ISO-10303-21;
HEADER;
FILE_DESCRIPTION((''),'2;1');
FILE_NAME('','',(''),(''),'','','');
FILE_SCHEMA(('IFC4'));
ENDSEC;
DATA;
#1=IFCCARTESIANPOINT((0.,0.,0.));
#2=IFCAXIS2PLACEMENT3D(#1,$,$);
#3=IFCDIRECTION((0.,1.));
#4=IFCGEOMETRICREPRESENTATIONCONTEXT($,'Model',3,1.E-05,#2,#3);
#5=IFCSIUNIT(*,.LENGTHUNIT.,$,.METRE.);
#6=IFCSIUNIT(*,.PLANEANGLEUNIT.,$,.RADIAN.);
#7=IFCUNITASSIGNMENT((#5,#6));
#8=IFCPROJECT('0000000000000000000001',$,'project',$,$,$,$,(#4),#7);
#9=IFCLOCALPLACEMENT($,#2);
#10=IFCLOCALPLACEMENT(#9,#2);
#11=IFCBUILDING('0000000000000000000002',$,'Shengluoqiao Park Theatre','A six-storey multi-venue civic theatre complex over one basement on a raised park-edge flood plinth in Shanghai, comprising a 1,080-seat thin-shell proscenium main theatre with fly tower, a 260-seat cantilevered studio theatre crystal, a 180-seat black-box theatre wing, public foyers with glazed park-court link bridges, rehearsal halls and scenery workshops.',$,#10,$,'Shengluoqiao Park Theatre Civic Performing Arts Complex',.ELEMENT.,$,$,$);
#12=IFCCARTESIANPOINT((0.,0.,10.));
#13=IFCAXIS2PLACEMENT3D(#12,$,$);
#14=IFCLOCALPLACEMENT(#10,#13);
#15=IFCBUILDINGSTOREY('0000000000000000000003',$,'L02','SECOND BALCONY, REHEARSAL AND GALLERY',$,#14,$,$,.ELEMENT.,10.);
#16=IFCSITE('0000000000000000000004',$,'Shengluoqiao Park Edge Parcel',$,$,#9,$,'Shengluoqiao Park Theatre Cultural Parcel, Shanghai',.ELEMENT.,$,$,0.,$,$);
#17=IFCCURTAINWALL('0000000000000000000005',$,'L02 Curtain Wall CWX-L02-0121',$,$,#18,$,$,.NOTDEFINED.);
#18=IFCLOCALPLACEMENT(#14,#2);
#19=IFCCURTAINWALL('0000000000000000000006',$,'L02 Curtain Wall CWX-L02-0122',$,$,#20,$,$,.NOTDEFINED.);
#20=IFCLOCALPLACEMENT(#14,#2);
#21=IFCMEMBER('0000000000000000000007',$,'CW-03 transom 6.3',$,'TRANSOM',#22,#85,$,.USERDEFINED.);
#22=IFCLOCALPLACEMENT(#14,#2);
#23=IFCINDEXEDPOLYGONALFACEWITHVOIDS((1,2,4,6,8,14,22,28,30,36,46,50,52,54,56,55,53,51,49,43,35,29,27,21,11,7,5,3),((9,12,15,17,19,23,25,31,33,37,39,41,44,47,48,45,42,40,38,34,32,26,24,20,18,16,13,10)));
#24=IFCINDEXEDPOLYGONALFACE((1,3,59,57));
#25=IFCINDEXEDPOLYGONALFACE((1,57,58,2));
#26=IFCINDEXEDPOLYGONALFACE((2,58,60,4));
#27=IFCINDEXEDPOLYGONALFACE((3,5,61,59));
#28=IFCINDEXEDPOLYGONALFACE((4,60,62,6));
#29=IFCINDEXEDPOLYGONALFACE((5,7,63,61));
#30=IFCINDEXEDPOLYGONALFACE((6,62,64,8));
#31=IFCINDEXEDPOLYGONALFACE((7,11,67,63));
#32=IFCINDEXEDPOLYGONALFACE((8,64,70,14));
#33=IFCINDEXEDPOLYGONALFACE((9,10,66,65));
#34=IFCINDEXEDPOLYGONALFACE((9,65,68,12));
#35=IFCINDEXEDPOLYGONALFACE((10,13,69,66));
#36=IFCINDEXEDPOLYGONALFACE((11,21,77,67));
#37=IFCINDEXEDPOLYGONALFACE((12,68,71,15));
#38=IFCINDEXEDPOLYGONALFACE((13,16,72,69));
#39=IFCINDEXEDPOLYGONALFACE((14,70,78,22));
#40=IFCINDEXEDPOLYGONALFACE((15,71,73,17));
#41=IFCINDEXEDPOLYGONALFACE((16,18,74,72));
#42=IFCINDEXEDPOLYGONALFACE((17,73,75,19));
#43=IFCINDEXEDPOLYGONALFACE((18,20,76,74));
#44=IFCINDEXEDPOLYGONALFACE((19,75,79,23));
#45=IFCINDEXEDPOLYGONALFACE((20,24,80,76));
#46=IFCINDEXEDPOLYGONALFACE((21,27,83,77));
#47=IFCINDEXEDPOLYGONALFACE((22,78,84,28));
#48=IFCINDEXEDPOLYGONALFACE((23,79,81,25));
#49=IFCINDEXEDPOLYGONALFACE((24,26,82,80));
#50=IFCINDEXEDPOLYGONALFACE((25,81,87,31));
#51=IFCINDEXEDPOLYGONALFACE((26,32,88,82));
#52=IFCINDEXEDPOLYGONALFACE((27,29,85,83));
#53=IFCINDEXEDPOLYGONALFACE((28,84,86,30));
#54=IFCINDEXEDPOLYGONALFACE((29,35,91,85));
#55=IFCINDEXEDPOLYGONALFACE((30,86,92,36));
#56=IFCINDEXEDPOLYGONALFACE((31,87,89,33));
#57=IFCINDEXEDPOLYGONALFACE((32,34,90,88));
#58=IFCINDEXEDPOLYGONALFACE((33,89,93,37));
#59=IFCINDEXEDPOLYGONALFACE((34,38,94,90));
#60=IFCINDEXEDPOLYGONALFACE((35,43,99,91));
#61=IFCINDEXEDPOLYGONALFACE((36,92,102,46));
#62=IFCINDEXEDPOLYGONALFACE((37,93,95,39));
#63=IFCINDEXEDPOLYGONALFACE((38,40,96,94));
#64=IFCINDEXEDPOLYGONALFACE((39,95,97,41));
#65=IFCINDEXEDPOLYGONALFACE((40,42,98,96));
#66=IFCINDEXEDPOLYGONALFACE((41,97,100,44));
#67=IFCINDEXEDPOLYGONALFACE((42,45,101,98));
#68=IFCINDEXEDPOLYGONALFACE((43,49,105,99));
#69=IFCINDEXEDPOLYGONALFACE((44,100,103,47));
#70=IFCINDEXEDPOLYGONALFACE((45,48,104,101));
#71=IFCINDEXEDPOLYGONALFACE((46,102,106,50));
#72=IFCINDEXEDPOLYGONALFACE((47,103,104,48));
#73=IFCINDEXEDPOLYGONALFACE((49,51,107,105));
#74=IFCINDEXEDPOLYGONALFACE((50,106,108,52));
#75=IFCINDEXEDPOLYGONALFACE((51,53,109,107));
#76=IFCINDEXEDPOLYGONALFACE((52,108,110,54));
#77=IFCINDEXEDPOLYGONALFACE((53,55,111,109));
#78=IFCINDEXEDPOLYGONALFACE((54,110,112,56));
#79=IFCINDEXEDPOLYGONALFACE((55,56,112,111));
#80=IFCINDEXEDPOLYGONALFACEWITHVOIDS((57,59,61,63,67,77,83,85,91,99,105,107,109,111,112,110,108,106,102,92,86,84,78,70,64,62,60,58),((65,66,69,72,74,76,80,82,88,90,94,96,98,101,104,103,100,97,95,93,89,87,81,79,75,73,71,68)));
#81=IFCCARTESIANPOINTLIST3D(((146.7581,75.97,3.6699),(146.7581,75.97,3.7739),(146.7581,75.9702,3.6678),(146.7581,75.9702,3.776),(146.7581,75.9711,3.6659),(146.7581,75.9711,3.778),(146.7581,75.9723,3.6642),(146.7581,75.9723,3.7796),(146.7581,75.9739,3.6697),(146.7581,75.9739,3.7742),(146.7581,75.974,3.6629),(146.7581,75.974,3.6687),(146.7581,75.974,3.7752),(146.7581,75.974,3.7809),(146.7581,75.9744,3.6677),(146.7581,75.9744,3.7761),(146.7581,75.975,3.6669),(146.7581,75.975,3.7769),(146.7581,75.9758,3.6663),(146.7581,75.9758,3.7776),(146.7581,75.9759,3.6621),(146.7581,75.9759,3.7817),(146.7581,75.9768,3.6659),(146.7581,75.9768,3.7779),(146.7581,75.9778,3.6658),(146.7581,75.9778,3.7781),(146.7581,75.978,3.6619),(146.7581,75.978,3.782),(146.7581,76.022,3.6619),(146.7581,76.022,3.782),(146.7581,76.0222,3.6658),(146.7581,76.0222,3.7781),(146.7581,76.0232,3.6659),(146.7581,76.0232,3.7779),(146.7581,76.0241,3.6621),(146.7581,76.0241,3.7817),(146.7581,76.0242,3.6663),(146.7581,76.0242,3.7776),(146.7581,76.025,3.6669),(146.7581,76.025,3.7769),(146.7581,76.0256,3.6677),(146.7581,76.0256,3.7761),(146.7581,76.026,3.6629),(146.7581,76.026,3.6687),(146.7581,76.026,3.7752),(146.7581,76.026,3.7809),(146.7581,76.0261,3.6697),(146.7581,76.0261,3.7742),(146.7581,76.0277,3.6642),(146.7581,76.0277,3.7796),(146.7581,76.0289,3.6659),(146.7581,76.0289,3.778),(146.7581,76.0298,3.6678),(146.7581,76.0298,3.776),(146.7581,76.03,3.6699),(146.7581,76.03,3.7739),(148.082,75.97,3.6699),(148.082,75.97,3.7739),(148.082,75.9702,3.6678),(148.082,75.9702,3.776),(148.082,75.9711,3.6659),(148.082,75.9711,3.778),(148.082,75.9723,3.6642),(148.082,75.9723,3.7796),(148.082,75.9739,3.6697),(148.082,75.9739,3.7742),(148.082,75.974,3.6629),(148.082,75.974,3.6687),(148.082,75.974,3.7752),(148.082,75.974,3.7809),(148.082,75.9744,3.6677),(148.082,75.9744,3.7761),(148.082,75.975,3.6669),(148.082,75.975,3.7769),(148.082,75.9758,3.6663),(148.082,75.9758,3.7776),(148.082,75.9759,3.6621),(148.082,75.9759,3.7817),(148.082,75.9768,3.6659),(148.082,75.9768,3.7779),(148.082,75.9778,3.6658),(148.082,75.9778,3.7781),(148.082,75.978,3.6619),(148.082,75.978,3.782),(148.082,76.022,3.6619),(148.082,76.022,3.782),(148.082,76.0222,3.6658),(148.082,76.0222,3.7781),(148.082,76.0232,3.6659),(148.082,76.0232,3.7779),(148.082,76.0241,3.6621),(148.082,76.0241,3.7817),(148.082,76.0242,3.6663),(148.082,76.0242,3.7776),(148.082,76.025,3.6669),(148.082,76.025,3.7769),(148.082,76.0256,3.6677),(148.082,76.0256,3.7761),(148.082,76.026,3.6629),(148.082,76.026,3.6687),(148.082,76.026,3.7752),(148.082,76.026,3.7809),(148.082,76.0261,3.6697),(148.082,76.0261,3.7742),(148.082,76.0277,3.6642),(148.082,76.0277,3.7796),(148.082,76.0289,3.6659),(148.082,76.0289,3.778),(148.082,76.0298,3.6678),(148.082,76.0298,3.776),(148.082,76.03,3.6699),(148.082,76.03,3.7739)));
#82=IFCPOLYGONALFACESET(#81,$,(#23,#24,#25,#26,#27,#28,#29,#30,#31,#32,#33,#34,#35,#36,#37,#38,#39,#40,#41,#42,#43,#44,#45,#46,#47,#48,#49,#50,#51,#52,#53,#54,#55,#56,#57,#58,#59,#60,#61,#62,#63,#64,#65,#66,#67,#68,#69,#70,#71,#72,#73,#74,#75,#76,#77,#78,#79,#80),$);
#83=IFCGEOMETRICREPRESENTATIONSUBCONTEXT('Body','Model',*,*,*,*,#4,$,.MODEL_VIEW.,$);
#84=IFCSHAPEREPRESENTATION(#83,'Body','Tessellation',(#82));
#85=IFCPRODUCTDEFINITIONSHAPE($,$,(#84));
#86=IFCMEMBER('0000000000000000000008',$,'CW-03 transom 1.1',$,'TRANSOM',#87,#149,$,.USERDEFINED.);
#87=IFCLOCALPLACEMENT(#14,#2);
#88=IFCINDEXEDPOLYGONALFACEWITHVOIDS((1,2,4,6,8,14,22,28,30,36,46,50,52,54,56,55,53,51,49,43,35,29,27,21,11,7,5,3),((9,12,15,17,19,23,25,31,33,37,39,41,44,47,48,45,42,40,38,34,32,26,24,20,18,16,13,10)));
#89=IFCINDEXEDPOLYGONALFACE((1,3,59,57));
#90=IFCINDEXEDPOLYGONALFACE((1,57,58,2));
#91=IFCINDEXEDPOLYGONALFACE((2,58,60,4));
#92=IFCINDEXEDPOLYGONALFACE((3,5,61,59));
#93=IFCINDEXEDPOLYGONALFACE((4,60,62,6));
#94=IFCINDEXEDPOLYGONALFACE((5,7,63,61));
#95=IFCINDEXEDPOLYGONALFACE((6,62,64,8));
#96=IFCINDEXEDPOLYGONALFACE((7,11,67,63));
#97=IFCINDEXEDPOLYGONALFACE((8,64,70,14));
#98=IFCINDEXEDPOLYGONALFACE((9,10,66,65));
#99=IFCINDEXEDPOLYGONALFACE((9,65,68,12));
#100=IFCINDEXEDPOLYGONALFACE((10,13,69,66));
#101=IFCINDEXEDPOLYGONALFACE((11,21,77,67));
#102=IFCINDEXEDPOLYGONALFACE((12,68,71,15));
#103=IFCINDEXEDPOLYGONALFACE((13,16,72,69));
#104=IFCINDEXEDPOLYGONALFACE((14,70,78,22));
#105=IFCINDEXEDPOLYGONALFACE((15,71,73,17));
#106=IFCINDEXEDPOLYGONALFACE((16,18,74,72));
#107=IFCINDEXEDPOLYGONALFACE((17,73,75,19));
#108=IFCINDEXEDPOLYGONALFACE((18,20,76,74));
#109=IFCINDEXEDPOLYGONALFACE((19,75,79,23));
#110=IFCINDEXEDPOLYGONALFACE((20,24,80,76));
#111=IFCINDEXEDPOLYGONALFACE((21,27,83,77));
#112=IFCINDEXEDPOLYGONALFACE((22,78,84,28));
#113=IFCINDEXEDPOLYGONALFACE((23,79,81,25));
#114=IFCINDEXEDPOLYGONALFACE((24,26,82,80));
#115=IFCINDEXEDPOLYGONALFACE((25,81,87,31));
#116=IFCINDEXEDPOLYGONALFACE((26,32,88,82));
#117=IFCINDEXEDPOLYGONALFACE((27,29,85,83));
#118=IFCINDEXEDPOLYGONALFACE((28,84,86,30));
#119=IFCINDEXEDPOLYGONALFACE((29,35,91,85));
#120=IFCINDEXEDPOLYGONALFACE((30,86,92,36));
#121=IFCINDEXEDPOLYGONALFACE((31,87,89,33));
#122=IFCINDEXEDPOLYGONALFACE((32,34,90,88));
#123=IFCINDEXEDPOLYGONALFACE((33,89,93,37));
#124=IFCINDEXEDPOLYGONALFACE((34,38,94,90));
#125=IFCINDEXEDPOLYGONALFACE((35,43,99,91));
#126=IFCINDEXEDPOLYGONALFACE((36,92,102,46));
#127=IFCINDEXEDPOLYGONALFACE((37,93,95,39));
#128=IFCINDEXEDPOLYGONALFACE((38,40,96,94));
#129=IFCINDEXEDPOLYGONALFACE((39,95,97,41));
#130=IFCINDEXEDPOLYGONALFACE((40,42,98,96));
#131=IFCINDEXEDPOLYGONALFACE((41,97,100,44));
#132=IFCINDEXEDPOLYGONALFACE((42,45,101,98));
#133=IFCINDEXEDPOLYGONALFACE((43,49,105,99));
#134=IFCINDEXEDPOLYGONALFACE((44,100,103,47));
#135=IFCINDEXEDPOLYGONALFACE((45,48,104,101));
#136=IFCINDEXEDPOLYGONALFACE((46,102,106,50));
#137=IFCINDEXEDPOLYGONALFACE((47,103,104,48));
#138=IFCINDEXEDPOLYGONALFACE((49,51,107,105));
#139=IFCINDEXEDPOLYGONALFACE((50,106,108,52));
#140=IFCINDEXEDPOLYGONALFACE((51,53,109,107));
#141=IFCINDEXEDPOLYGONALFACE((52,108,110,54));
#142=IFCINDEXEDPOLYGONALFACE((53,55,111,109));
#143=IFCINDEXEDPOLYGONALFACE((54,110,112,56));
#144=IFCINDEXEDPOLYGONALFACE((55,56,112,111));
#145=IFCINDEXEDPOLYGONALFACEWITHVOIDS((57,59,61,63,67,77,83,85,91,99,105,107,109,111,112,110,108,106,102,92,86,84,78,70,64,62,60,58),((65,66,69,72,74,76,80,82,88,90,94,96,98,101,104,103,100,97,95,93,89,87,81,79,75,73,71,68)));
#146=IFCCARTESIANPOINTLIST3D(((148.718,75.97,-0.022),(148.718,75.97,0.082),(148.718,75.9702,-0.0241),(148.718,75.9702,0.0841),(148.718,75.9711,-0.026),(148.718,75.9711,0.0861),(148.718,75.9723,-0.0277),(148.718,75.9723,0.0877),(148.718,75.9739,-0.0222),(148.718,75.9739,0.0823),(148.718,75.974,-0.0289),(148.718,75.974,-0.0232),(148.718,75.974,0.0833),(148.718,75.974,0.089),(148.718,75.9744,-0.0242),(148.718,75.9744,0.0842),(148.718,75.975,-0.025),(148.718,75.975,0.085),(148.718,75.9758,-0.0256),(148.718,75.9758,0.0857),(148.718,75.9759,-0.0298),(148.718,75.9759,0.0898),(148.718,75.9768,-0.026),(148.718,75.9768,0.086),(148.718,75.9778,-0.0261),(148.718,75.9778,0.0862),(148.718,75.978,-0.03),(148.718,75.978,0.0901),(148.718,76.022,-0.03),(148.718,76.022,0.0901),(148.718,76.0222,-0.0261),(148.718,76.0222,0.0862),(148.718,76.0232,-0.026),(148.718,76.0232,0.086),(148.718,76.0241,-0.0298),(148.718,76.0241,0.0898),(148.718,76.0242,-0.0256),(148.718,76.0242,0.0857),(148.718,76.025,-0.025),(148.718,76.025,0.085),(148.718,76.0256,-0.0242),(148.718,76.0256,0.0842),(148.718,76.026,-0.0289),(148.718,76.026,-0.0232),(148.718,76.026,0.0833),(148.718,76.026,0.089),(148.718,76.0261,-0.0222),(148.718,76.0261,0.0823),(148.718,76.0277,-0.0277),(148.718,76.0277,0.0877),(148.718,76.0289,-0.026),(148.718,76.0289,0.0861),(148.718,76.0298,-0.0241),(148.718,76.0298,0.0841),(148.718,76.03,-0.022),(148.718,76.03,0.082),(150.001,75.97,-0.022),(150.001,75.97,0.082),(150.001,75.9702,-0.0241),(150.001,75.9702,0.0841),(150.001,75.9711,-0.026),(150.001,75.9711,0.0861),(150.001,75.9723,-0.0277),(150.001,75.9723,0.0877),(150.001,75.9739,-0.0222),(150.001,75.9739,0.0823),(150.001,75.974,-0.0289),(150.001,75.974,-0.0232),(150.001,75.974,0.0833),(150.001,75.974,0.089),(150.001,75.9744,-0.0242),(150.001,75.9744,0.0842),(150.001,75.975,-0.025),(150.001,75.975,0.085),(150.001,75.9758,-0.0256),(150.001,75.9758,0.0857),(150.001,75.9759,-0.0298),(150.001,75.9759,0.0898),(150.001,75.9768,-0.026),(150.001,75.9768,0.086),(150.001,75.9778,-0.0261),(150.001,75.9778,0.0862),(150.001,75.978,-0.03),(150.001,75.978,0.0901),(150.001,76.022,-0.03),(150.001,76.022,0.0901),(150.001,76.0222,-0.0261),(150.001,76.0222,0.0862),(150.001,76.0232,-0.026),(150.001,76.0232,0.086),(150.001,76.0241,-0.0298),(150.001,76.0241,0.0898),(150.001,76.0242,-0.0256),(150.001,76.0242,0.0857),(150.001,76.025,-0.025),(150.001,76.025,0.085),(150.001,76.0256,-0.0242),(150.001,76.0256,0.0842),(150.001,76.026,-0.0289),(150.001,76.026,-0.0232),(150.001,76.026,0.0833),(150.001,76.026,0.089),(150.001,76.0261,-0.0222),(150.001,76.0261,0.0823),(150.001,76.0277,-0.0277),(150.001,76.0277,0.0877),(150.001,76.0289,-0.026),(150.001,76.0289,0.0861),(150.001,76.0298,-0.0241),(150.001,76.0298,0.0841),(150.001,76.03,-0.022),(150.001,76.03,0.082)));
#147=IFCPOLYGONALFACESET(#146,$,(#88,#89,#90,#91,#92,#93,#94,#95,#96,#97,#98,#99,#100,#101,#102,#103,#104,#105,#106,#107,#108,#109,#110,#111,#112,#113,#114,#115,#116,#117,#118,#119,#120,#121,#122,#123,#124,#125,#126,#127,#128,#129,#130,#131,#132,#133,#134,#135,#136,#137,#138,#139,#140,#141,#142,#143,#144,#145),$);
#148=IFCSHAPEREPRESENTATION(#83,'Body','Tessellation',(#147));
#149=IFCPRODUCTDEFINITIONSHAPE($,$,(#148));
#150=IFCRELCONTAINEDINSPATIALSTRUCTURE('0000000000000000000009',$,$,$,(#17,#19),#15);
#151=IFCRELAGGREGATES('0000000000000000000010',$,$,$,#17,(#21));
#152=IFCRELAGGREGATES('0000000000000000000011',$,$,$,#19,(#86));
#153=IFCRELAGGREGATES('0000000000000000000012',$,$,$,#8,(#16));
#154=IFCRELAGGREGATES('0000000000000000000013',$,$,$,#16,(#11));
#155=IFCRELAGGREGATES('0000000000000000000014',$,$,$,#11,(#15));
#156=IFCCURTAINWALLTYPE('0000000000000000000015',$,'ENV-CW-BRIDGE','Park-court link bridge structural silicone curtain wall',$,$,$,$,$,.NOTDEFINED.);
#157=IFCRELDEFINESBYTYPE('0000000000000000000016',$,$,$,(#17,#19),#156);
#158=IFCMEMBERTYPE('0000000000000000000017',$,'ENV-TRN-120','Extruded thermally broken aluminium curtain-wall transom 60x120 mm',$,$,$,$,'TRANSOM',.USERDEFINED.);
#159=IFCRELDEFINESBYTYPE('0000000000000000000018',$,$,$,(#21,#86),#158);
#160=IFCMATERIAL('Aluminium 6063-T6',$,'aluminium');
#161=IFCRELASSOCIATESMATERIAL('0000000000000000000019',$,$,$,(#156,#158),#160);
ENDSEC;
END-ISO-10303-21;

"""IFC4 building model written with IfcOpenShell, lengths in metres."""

from ifc_helpers import new_model, si_unit, direction, frame, origin, origin_2d, place, context, subcontext, project, spatial, hollow_rectangle, extrude, material, material_profile, profile_set, type_object, element, aggregate, save


model = new_model("IFC4")

# Units and contexts
model_context = context("Model", 3, precision=1e-05, world=origin(), true_north=direction((0.0, 1.0)))
body_context = subcontext(model_context, "Body", "Model", "MODEL_VIEW")
ifc_project = project(units=[si_unit("LENGTHUNIT", "METRE"), si_unit("PLANEANGLEUNIT", "RADIAN")], contexts=[model_context])

# Site, building, storey
site_placement = place(None, origin())
site = spatial("IfcSite", under=ifc_project, at=site_placement, Name="Shengluoqiao Park Edge Parcel", LongName="Shengluoqiao Park Theatre Cultural Parcel, Shanghai", CompositionType="ELEMENT", RefElevation=0.0)
building_placement = place(site_placement, origin())
building = spatial("IfcBuilding", under=site, at=building_placement, Name="Shengluoqiao Park Theatre", Description="A six-storey multi-venue civic theatre complex over one basement on a raised park-edge flood plinth in Shanghai, comprising a 1,080-seat thin-shell proscenium main theatre with fly tower, a 260-seat cantilevered studio theatre crystal, a 180-seat black-box theatre wing, public foyers with glazed park-court link bridges, rehearsal halls and scenery workshops.", LongName="Shengluoqiao Park Theatre Civic Performing Arts Complex", CompositionType="ELEMENT")
storey_placement = place(building_placement, frame((0.0, 0.0, 10.0)))
storey = spatial("IfcBuildingStorey", under=building, at=storey_placement, Name="L02", Description="SECOND BALCONY, REHEARSAL AND GALLERY", CompositionType="ELEMENT", Elevation=10.0)

# Curtain wall
ifc_material_1 = material(Name="Aluminium 6063-T6", Category="aluminium")
curtain_wall_type = type_object("IfcCurtainWallType", Name="ENV-CW-BRIDGE", Description="Park-court link bridge structural silicone curtain wall", PredefinedType="NOTDEFINED", material=ifc_material_1)
curtain_wall_1_placement = place(storey_placement, origin())
curtain_wall_1 = element("IfcCurtainWall", 1, at=curtain_wall_1_placement, inside=storey, type_object=curtain_wall_type, Name="L02 Curtain Wall CWX-L02-0121", PredefinedType="NOTDEFINED")

# Curtain wall
curtain_wall_2_placement = place(storey_placement, origin())
curtain_wall_2 = element("IfcCurtainWall", 2, at=curtain_wall_2_placement, inside=storey, type_object=curtain_wall_type, Name="L02 Curtain Wall CWX-L02-0122", PredefinedType="NOTDEFINED")

# Members
ifc_material_profile_1 = material_profile(ifc_material_1, hollow_rectangle(XDim=0.0601, YDim=0.1201, WallThickness=0.0039, InnerFilletRadius=0.0039, OuterFilletRadius=0.0081, at=origin_2d()), Name="ALU TRANSOM 120x60x4")
ifc_profile_set_1 = profile_set([ifc_material_profile_1], Name="Aluminium 6063-T6")
member_type_1 = type_object("IfcMemberType", Name="ENV-TRN-120", Description="Extruded thermally broken aluminium curtain-wall transom 60x120 mm", ElementType="TRANSOM", PredefinedType="USERDEFINED", material=ifc_profile_set_1)
member_1_placement = place(storey_placement, frame((146.7581, 76.0, 3.7219), z_axis=(1.0, 0.0, 0.0), x_axis=(0.0, 1.0, 0.0)))
member_1 = element("IfcMember", 3, at=member_1_placement, type_object=member_type_1, Name="CW-03 transom 6.3", ObjectType="TRANSOM", PredefinedType="USERDEFINED", context=body_context, shape_type="SweptSolid", body=[
    extrude(hollow_rectangle(XDim=0.0601, YDim=0.1201, WallThickness=0.0039, InnerFilletRadius=0.0039, OuterFilletRadius=0.0081, at=origin_2d()), origin(), (0.0, 0.0, 1.0), 1.324),
])
member_2_placement = place(storey_placement, frame((148.718, 76.0, 0.03), z_axis=(1.0, 0.0, 0.0), x_axis=(0.0, 1.0, 0.0)))
member_2 = element("IfcMember", 4, at=member_2_placement, type_object=member_type_1, Name="CW-03 transom 1.1", ObjectType="TRANSOM", PredefinedType="USERDEFINED", context=body_context, shape_type="SweptSolid", body=[
    extrude(hollow_rectangle(XDim=0.0601, YDim=0.1201, WallThickness=0.0039, InnerFilletRadius=0.0039, OuterFilletRadius=0.0081, at=origin_2d()), origin(), (0.0, 0.0, 1.0), 1.283),
])

aggregate(curtain_wall_1, [member_1])
aggregate(curtain_wall_2, [member_2])

save(model, "model.ifc")
